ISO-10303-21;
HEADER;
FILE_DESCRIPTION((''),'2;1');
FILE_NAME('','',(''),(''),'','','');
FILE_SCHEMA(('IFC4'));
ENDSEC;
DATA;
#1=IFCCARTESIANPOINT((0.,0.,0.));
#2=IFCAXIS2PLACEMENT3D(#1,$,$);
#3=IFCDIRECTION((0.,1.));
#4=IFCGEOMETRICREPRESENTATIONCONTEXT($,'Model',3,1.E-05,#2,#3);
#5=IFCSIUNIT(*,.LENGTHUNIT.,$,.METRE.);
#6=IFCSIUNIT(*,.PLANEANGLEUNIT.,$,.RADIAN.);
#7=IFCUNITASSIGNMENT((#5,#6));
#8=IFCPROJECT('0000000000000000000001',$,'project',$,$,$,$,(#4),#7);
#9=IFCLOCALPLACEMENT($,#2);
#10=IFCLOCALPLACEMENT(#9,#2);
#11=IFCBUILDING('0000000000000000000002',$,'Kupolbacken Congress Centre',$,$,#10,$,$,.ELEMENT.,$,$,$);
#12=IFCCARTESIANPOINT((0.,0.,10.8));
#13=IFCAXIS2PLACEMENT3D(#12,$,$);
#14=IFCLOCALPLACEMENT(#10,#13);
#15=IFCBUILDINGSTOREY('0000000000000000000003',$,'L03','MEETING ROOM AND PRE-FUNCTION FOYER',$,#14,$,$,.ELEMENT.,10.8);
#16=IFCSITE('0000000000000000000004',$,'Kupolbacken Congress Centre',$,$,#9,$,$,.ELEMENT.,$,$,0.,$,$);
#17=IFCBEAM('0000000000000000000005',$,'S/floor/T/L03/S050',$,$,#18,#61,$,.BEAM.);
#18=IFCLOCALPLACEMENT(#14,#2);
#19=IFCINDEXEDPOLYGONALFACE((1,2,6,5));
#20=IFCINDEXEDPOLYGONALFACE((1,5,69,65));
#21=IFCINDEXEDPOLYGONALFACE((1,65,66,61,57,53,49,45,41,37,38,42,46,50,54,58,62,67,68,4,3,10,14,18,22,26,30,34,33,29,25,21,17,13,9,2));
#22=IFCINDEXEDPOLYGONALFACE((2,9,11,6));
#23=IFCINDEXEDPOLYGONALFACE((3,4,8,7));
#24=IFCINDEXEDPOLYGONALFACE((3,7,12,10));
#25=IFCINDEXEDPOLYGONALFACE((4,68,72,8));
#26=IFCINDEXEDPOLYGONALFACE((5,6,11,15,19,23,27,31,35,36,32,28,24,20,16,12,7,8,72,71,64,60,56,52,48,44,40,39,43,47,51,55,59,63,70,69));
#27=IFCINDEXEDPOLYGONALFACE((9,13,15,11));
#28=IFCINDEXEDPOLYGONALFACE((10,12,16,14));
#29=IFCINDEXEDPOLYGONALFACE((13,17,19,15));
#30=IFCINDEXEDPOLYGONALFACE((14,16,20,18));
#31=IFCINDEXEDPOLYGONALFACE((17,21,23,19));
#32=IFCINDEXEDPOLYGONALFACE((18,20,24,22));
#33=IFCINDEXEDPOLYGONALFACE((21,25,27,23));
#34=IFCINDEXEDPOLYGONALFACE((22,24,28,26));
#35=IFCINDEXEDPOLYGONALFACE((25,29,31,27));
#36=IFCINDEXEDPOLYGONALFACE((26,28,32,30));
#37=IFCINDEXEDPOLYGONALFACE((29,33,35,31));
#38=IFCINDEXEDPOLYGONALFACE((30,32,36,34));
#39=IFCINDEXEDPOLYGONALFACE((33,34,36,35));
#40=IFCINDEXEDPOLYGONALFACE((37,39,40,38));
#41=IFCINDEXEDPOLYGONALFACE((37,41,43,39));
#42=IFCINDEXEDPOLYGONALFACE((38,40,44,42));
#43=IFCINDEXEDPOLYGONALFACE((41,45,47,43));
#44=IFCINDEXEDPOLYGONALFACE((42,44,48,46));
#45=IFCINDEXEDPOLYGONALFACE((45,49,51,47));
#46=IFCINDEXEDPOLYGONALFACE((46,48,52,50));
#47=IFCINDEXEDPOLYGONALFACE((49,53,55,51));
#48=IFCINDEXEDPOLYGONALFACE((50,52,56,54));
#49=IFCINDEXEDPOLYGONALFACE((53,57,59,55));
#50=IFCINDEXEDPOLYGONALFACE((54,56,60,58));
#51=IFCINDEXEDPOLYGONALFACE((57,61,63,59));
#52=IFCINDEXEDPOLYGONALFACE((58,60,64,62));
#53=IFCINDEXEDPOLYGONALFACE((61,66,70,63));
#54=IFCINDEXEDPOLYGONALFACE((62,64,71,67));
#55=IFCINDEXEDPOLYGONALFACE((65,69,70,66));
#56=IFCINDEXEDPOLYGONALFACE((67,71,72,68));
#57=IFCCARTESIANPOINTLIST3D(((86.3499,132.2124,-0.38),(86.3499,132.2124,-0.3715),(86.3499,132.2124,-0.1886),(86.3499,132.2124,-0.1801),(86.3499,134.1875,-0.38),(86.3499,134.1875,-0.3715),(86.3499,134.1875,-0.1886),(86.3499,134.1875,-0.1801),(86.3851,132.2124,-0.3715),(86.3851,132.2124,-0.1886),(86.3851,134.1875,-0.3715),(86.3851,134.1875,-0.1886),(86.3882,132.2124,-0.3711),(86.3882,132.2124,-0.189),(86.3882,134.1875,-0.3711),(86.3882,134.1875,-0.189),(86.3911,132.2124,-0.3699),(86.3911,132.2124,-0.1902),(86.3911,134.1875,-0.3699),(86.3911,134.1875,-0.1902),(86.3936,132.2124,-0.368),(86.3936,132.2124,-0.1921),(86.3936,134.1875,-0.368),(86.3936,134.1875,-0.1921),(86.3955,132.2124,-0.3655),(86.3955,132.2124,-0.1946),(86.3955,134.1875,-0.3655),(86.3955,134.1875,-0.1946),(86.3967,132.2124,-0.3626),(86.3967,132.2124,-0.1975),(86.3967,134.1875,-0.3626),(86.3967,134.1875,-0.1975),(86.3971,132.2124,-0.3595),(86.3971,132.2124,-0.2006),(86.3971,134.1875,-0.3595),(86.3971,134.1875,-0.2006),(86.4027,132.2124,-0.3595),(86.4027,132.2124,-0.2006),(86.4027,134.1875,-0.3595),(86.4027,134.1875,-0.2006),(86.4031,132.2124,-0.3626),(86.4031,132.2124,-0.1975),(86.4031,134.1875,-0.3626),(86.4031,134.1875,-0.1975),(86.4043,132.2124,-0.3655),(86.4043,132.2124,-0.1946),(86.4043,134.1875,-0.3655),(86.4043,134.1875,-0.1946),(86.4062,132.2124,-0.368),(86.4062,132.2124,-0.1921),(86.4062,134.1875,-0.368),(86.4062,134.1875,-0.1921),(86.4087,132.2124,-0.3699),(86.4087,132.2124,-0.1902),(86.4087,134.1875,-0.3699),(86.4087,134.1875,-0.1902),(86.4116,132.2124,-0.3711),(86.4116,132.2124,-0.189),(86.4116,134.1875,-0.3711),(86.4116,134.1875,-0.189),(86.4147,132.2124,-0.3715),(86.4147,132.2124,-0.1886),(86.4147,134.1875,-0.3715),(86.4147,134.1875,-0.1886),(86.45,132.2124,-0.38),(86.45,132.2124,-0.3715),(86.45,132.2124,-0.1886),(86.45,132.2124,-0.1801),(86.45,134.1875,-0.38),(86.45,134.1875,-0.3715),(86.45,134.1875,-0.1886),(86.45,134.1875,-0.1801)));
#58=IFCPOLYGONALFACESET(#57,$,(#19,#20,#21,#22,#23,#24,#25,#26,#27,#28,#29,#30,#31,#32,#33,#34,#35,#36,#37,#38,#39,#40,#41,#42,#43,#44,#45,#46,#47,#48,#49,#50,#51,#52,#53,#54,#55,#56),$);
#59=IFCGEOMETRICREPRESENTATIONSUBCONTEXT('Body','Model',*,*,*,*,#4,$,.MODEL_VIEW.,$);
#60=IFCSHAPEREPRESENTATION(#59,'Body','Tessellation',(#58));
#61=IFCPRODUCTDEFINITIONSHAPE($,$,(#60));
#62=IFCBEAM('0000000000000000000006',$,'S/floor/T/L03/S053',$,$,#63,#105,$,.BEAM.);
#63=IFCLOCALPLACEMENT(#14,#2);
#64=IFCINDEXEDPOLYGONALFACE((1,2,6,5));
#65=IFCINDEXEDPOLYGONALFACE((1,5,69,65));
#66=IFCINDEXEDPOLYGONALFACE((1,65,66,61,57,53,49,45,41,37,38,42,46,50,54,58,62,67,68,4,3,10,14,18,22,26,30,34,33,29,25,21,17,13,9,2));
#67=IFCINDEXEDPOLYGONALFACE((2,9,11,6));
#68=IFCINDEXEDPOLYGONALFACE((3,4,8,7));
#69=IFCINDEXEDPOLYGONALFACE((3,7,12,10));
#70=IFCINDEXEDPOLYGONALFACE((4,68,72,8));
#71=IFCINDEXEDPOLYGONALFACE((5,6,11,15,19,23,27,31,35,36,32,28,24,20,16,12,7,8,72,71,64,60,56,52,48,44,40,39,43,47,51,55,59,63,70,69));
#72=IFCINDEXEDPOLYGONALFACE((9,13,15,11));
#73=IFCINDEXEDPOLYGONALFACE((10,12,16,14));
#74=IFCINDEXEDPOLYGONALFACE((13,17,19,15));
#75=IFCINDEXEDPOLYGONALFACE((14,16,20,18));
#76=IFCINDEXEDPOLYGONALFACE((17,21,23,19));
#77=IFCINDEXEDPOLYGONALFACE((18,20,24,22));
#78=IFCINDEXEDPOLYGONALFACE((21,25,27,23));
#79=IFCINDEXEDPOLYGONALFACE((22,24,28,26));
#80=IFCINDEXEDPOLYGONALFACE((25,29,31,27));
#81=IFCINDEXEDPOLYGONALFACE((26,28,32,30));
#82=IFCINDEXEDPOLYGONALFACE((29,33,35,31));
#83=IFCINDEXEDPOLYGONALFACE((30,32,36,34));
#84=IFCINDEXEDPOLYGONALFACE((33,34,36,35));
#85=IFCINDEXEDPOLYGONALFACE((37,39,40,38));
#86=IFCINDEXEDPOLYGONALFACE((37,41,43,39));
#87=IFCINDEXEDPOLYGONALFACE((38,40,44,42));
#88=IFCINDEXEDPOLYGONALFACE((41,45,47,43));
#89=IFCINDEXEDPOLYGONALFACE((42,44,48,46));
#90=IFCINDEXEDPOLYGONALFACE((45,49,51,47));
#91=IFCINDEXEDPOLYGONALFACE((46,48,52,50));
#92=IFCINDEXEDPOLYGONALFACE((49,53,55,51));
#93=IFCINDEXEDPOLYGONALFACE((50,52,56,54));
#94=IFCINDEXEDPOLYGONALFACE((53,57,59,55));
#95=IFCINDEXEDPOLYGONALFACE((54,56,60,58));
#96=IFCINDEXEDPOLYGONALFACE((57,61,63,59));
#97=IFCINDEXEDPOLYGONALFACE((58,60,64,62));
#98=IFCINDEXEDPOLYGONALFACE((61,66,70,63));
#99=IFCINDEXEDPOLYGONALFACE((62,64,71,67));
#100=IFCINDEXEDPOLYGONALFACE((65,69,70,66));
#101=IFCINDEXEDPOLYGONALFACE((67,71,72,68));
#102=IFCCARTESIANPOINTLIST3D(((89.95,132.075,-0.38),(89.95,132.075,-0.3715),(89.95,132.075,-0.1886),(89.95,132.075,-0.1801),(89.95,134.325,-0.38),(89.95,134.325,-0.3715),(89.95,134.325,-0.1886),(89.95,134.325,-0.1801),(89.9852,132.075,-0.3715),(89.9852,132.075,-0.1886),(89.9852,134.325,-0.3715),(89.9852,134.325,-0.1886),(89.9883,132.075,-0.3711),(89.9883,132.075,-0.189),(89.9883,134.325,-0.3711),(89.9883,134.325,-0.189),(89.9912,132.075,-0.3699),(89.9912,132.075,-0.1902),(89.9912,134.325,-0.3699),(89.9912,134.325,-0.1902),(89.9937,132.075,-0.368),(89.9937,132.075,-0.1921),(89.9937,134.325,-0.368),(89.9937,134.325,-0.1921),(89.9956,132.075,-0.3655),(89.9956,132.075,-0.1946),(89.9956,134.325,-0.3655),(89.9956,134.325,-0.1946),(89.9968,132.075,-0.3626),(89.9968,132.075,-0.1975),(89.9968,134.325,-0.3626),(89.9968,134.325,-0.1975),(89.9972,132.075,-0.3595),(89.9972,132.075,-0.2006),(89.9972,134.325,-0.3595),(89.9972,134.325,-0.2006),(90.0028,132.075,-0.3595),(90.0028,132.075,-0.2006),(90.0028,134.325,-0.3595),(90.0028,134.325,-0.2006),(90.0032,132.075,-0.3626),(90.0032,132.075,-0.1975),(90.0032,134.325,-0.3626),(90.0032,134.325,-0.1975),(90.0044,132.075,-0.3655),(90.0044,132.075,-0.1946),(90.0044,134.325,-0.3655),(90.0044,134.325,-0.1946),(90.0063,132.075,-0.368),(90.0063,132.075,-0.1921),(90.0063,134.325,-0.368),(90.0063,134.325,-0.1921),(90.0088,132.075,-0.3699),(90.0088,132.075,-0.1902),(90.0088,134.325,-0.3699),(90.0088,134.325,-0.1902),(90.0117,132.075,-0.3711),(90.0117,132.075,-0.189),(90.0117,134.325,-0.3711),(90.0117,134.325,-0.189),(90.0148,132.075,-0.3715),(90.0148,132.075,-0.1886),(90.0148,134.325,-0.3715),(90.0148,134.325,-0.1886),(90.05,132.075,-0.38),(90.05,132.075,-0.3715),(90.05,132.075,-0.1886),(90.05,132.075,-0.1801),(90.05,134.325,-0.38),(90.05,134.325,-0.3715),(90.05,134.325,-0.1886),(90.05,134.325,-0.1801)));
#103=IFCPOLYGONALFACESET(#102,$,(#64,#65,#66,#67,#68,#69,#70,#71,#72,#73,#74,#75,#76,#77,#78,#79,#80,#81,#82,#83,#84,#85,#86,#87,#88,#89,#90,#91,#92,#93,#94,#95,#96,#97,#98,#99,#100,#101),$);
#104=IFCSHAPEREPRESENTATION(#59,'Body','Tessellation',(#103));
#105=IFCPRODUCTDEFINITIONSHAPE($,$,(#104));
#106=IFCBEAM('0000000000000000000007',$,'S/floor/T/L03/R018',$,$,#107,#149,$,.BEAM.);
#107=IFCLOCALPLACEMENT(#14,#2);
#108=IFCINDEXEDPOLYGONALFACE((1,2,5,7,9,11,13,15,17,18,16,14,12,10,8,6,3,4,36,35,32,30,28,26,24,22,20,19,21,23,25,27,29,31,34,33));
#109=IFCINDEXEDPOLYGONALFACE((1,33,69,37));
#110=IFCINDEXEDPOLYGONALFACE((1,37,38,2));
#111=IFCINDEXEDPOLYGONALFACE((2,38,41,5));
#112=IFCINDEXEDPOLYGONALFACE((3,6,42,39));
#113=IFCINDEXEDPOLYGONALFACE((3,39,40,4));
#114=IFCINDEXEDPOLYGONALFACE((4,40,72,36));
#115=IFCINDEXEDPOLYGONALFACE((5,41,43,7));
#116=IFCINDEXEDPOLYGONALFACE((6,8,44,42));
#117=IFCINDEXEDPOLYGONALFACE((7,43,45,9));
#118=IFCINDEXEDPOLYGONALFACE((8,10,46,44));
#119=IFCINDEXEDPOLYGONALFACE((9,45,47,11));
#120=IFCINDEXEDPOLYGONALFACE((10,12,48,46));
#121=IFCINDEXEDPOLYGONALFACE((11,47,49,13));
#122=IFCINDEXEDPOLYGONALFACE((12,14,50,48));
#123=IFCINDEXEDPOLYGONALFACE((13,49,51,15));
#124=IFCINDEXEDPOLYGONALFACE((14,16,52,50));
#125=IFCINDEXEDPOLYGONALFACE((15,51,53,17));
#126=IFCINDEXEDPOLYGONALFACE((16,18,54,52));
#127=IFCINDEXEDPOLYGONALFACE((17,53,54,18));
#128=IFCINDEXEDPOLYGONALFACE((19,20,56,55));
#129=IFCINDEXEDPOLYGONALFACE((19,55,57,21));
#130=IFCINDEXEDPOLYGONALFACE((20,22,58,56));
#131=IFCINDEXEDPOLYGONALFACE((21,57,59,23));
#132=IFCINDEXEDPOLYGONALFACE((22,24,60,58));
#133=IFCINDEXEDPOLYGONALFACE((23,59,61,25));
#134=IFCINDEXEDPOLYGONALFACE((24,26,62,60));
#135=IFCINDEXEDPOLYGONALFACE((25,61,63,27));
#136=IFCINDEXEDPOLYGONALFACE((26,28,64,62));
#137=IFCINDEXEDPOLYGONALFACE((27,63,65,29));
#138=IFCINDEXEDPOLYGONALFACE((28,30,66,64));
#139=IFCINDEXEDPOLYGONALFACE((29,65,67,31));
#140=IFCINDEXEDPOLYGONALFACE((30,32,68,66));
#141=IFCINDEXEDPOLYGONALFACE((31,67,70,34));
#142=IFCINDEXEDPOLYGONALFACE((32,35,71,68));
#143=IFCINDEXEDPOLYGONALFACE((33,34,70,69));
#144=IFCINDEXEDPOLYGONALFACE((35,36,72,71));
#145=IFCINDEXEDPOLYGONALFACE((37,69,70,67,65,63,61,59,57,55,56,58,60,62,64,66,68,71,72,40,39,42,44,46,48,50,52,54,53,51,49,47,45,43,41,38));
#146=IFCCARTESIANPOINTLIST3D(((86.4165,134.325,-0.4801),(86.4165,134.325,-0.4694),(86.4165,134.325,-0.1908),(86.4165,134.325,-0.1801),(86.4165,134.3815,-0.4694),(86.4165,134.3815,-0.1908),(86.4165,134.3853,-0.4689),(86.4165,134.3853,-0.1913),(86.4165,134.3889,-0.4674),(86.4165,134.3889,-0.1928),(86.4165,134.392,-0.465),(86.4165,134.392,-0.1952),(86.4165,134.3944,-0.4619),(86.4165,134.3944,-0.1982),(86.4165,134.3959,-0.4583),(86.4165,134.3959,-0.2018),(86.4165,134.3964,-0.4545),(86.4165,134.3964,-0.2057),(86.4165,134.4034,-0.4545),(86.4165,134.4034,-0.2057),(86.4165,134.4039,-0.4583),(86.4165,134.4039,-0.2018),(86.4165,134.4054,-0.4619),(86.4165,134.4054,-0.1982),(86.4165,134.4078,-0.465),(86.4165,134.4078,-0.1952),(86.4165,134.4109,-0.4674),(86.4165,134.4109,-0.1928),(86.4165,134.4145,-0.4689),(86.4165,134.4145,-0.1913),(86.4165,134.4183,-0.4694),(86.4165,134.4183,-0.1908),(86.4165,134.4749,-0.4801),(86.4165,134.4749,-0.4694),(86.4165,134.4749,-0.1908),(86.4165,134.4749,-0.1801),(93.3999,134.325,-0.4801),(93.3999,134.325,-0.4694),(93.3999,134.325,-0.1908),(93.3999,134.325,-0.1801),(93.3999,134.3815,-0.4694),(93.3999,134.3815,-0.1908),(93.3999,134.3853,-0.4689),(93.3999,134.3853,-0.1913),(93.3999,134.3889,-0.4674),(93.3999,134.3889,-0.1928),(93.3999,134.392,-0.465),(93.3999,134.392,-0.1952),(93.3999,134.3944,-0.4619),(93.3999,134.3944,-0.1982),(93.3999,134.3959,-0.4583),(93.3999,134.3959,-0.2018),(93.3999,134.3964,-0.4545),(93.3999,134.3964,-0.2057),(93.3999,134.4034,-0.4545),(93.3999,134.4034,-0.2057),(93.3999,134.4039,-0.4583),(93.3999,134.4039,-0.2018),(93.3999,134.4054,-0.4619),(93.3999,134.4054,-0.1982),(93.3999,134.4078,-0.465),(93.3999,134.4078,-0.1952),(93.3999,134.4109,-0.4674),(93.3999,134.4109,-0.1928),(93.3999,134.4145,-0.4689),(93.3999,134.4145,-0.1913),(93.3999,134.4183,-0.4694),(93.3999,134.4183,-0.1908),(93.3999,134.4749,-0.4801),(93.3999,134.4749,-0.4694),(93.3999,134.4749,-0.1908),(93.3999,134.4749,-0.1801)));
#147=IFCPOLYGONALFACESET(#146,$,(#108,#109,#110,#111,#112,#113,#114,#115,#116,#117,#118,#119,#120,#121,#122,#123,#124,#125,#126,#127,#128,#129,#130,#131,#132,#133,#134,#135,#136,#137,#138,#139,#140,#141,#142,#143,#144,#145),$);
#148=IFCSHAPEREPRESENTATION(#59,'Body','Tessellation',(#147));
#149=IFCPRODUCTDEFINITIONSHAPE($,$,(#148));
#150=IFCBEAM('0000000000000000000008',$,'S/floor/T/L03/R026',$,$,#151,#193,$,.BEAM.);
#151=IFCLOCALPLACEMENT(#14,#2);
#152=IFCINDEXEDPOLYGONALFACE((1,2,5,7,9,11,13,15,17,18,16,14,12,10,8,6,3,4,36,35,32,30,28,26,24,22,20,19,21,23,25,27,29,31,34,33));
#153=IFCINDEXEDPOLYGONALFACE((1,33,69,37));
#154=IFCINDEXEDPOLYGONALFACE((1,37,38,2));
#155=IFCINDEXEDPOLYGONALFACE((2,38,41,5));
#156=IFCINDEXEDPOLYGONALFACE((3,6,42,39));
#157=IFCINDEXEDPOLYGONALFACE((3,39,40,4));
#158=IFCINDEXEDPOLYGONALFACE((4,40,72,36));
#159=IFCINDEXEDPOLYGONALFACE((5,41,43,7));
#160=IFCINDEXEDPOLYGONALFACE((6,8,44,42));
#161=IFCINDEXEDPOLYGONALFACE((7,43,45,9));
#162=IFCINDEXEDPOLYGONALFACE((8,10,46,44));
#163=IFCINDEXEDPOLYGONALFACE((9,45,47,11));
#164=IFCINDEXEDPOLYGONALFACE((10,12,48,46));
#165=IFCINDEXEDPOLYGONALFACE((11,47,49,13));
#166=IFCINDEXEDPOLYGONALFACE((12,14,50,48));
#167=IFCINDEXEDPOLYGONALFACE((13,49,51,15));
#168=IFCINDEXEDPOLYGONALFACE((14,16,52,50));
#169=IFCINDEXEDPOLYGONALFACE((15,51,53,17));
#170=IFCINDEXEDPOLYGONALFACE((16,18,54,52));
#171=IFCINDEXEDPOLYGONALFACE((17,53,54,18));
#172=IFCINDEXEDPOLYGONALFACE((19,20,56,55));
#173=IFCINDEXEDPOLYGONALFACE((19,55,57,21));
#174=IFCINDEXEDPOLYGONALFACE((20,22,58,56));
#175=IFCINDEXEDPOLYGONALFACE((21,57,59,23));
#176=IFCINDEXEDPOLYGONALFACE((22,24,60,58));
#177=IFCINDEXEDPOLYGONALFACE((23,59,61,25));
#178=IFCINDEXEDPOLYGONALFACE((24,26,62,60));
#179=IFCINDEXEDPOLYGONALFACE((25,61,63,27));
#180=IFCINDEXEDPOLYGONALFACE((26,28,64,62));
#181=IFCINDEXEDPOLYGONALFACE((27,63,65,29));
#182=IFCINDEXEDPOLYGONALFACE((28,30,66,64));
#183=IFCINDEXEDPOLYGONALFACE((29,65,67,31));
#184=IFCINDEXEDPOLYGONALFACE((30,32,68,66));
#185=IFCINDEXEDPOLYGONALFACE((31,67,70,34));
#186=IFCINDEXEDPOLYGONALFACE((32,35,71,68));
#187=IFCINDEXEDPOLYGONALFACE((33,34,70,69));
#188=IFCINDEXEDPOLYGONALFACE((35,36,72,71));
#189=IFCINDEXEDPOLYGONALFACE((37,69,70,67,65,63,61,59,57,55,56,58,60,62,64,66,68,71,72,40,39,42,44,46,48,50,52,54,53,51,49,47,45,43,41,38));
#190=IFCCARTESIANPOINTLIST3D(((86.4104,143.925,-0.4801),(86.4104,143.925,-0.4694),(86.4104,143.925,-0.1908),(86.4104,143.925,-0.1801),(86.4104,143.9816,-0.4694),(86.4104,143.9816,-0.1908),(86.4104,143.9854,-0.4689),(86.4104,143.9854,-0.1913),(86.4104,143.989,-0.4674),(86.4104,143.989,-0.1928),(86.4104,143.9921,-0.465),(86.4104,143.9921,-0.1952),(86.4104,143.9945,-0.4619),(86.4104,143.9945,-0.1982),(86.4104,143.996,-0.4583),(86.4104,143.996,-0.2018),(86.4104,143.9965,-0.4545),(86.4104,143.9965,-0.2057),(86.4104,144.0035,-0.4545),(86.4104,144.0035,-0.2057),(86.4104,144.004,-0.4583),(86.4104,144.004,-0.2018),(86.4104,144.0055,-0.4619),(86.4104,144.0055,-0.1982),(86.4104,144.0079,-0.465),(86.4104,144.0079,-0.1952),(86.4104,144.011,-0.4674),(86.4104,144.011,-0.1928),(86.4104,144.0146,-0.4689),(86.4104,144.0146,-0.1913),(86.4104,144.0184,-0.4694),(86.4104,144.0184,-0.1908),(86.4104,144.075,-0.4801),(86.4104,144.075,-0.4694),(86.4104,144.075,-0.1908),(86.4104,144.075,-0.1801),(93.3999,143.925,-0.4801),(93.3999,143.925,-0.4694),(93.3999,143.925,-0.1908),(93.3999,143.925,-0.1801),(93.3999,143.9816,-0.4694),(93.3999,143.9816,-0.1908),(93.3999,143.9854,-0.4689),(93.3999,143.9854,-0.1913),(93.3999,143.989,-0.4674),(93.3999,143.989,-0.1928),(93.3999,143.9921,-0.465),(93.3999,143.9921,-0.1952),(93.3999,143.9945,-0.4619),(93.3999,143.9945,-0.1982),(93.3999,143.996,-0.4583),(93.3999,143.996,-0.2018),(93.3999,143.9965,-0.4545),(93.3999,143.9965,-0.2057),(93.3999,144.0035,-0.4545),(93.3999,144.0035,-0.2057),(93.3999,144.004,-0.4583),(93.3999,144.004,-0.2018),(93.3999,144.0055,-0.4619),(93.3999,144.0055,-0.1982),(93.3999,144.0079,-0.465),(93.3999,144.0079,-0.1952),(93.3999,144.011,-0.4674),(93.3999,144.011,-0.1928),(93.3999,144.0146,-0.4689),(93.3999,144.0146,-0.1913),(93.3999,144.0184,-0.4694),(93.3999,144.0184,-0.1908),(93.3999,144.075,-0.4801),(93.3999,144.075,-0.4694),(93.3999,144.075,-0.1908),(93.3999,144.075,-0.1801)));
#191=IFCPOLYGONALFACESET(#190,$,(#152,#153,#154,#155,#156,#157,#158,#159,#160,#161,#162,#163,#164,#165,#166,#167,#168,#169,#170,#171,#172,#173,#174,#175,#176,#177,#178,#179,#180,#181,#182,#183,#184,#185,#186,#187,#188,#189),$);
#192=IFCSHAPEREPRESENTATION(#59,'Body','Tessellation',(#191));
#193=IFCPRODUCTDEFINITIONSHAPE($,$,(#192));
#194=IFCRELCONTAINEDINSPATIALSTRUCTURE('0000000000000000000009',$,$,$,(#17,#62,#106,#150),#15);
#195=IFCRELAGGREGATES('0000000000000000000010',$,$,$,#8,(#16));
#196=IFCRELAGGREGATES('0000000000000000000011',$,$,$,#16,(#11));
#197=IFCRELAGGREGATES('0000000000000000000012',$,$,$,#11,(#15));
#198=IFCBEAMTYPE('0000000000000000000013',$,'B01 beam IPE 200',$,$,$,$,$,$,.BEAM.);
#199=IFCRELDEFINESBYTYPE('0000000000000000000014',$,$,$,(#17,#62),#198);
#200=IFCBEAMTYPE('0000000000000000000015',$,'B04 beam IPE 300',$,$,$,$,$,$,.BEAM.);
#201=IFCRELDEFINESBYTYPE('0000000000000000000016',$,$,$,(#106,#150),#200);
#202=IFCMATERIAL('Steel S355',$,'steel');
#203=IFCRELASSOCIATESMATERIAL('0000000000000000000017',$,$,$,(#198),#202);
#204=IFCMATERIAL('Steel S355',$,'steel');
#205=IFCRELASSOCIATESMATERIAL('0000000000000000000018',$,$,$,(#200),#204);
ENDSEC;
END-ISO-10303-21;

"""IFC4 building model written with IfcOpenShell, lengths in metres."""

from ifc_helpers import new_model, si_unit, direction, frame, origin, origin_2d, place, context, subcontext, project, spatial, i_section, extrude, material, material_profile, profile_set, type_object, element, save


model = new_model("IFC4")

# Units and contexts
model_context = context("Model", 3, precision=1e-05, world=origin(), true_north=direction((0.0, 1.0)))
body_context = subcontext(model_context, "Body", "Model", "MODEL_VIEW")
ifc_project = project(units=[si_unit("LENGTHUNIT", "METRE"), si_unit("PLANEANGLEUNIT", "RADIAN")], contexts=[model_context])

# Site, building, storey
site_placement = place(None, origin())
site = spatial("IfcSite", under=ifc_project, at=site_placement, Name="Kupolbacken Congress Centre", CompositionType="ELEMENT", RefElevation=0.0)
building_placement = place(site_placement, origin())
building = spatial("IfcBuilding", under=site, at=building_placement, Name="Kupolbacken Congress Centre", CompositionType="ELEMENT")
storey_placement = place(building_placement, frame((0.0, 0.0, 10.8)))
storey = spatial("IfcBuildingStorey", under=building, at=storey_placement, Name="L03", Description="MEETING ROOM AND PRE-FUNCTION FOYER", CompositionType="ELEMENT", Elevation=10.8)

# Beams
ifc_material_1 = material(Name="Steel S355", Category="steel")
ifc_material_profile_1 = material_profile(ifc_material_1, i_section(OverallWidth=0.1001, OverallDepth=0.2, WebThickness=0.0056, FlangeThickness=0.0085, FilletRadius=0.012, at=origin_2d()), Name="IPE 200")
ifc_profile_set_1 = profile_set([ifc_material_profile_1], Name="Steel S355")
beam_type_1 = type_object("IfcBeamType", Name="B01 beam IPE 200", PredefinedType="BEAM", material=ifc_profile_set_1)
beam_1_placement = place(storey_placement, frame((86.3999, 132.2124, -0.28), z_axis=(0.0, 1.0, 0.0), x_axis=(-1.0, 0.0, 0.0)))
element("IfcBeam", 1, at=beam_1_placement, inside=storey, type_object=beam_type_1, Name="S/floor/T/L03/S050", PredefinedType="BEAM", context=body_context, shape_type="SweptSolid", body=[
    extrude(i_section(OverallWidth=0.1001, OverallDepth=0.2, WebThickness=0.0056, FlangeThickness=0.0085, FilletRadius=0.012, at=origin_2d()), origin(), (0.0, 0.0, 1.0), 1.9751),
])
beam_2_placement = place(storey_placement, frame((90.0, 132.075, -0.28), z_axis=(0.0, 1.0, 0.0), x_axis=(-1.0, 0.0, 0.0)))
element("IfcBeam", 2, at=beam_2_placement, inside=storey, type_object=beam_type_1, Name="S/floor/T/L03/S053", PredefinedType="BEAM", context=body_context, shape_type="SweptSolid", body=[
    extrude(i_section(OverallWidth=0.1001, OverallDepth=0.2, WebThickness=0.0056, FlangeThickness=0.0085, FilletRadius=0.012, at=origin_2d()), origin(), (0.0, 0.0, 1.0), 2.25),
])
ifc_material_2 = material(Name="Steel S355", Category="steel")
ifc_material_profile_2 = material_profile(ifc_material_2, i_section(OverallWidth=0.1499, OverallDepth=0.3, WebThickness=0.0071, FlangeThickness=0.0107, FilletRadius=0.0149, at=origin_2d()), Name="IPE 300")
ifc_profile_set_2 = profile_set([ifc_material_profile_2], Name="Steel S355")
beam_type_2 = type_object("IfcBeamType", Name="B04 beam IPE 300", PredefinedType="BEAM", material=ifc_profile_set_2)
beam_3_placement = place(storey_placement, frame((86.4165, 134.3999, -0.3301), z_axis=(1.0, 0.0, 0.0), x_axis=(0.0, 1.0, 0.0)))
element("IfcBeam", 3, at=beam_3_placement, inside=storey, type_object=beam_type_2, Name="S/floor/T/L03/R018", PredefinedType="BEAM", context=body_context, shape_type="SweptSolid", body=[
    extrude(i_section(OverallWidth=0.1499, OverallDepth=0.3, WebThickness=0.0071, FlangeThickness=0.0107, FilletRadius=0.0149, at=origin_2d()), origin(), (0.0, 0.0, 1.0), 6.9834),
])
beam_4_placement = place(storey_placement, frame((86.4104, 144.0, -0.3301), z_axis=(1.0, 0.0, 0.0), x_axis=(0.0, 1.0, 0.0)))
element("IfcBeam", 4, at=beam_4_placement, inside=storey, type_object=beam_type_2, Name="S/floor/T/L03/R026", PredefinedType="BEAM", context=body_context, shape_type="SweptSolid", body=[
    extrude(i_section(OverallWidth=0.1499, OverallDepth=0.3, WebThickness=0.0071, FlangeThickness=0.0107, FilletRadius=0.0149, at=origin_2d()), origin(), (0.0, 0.0, 1.0), 6.9895),
])

save(model, "model.ifc")
